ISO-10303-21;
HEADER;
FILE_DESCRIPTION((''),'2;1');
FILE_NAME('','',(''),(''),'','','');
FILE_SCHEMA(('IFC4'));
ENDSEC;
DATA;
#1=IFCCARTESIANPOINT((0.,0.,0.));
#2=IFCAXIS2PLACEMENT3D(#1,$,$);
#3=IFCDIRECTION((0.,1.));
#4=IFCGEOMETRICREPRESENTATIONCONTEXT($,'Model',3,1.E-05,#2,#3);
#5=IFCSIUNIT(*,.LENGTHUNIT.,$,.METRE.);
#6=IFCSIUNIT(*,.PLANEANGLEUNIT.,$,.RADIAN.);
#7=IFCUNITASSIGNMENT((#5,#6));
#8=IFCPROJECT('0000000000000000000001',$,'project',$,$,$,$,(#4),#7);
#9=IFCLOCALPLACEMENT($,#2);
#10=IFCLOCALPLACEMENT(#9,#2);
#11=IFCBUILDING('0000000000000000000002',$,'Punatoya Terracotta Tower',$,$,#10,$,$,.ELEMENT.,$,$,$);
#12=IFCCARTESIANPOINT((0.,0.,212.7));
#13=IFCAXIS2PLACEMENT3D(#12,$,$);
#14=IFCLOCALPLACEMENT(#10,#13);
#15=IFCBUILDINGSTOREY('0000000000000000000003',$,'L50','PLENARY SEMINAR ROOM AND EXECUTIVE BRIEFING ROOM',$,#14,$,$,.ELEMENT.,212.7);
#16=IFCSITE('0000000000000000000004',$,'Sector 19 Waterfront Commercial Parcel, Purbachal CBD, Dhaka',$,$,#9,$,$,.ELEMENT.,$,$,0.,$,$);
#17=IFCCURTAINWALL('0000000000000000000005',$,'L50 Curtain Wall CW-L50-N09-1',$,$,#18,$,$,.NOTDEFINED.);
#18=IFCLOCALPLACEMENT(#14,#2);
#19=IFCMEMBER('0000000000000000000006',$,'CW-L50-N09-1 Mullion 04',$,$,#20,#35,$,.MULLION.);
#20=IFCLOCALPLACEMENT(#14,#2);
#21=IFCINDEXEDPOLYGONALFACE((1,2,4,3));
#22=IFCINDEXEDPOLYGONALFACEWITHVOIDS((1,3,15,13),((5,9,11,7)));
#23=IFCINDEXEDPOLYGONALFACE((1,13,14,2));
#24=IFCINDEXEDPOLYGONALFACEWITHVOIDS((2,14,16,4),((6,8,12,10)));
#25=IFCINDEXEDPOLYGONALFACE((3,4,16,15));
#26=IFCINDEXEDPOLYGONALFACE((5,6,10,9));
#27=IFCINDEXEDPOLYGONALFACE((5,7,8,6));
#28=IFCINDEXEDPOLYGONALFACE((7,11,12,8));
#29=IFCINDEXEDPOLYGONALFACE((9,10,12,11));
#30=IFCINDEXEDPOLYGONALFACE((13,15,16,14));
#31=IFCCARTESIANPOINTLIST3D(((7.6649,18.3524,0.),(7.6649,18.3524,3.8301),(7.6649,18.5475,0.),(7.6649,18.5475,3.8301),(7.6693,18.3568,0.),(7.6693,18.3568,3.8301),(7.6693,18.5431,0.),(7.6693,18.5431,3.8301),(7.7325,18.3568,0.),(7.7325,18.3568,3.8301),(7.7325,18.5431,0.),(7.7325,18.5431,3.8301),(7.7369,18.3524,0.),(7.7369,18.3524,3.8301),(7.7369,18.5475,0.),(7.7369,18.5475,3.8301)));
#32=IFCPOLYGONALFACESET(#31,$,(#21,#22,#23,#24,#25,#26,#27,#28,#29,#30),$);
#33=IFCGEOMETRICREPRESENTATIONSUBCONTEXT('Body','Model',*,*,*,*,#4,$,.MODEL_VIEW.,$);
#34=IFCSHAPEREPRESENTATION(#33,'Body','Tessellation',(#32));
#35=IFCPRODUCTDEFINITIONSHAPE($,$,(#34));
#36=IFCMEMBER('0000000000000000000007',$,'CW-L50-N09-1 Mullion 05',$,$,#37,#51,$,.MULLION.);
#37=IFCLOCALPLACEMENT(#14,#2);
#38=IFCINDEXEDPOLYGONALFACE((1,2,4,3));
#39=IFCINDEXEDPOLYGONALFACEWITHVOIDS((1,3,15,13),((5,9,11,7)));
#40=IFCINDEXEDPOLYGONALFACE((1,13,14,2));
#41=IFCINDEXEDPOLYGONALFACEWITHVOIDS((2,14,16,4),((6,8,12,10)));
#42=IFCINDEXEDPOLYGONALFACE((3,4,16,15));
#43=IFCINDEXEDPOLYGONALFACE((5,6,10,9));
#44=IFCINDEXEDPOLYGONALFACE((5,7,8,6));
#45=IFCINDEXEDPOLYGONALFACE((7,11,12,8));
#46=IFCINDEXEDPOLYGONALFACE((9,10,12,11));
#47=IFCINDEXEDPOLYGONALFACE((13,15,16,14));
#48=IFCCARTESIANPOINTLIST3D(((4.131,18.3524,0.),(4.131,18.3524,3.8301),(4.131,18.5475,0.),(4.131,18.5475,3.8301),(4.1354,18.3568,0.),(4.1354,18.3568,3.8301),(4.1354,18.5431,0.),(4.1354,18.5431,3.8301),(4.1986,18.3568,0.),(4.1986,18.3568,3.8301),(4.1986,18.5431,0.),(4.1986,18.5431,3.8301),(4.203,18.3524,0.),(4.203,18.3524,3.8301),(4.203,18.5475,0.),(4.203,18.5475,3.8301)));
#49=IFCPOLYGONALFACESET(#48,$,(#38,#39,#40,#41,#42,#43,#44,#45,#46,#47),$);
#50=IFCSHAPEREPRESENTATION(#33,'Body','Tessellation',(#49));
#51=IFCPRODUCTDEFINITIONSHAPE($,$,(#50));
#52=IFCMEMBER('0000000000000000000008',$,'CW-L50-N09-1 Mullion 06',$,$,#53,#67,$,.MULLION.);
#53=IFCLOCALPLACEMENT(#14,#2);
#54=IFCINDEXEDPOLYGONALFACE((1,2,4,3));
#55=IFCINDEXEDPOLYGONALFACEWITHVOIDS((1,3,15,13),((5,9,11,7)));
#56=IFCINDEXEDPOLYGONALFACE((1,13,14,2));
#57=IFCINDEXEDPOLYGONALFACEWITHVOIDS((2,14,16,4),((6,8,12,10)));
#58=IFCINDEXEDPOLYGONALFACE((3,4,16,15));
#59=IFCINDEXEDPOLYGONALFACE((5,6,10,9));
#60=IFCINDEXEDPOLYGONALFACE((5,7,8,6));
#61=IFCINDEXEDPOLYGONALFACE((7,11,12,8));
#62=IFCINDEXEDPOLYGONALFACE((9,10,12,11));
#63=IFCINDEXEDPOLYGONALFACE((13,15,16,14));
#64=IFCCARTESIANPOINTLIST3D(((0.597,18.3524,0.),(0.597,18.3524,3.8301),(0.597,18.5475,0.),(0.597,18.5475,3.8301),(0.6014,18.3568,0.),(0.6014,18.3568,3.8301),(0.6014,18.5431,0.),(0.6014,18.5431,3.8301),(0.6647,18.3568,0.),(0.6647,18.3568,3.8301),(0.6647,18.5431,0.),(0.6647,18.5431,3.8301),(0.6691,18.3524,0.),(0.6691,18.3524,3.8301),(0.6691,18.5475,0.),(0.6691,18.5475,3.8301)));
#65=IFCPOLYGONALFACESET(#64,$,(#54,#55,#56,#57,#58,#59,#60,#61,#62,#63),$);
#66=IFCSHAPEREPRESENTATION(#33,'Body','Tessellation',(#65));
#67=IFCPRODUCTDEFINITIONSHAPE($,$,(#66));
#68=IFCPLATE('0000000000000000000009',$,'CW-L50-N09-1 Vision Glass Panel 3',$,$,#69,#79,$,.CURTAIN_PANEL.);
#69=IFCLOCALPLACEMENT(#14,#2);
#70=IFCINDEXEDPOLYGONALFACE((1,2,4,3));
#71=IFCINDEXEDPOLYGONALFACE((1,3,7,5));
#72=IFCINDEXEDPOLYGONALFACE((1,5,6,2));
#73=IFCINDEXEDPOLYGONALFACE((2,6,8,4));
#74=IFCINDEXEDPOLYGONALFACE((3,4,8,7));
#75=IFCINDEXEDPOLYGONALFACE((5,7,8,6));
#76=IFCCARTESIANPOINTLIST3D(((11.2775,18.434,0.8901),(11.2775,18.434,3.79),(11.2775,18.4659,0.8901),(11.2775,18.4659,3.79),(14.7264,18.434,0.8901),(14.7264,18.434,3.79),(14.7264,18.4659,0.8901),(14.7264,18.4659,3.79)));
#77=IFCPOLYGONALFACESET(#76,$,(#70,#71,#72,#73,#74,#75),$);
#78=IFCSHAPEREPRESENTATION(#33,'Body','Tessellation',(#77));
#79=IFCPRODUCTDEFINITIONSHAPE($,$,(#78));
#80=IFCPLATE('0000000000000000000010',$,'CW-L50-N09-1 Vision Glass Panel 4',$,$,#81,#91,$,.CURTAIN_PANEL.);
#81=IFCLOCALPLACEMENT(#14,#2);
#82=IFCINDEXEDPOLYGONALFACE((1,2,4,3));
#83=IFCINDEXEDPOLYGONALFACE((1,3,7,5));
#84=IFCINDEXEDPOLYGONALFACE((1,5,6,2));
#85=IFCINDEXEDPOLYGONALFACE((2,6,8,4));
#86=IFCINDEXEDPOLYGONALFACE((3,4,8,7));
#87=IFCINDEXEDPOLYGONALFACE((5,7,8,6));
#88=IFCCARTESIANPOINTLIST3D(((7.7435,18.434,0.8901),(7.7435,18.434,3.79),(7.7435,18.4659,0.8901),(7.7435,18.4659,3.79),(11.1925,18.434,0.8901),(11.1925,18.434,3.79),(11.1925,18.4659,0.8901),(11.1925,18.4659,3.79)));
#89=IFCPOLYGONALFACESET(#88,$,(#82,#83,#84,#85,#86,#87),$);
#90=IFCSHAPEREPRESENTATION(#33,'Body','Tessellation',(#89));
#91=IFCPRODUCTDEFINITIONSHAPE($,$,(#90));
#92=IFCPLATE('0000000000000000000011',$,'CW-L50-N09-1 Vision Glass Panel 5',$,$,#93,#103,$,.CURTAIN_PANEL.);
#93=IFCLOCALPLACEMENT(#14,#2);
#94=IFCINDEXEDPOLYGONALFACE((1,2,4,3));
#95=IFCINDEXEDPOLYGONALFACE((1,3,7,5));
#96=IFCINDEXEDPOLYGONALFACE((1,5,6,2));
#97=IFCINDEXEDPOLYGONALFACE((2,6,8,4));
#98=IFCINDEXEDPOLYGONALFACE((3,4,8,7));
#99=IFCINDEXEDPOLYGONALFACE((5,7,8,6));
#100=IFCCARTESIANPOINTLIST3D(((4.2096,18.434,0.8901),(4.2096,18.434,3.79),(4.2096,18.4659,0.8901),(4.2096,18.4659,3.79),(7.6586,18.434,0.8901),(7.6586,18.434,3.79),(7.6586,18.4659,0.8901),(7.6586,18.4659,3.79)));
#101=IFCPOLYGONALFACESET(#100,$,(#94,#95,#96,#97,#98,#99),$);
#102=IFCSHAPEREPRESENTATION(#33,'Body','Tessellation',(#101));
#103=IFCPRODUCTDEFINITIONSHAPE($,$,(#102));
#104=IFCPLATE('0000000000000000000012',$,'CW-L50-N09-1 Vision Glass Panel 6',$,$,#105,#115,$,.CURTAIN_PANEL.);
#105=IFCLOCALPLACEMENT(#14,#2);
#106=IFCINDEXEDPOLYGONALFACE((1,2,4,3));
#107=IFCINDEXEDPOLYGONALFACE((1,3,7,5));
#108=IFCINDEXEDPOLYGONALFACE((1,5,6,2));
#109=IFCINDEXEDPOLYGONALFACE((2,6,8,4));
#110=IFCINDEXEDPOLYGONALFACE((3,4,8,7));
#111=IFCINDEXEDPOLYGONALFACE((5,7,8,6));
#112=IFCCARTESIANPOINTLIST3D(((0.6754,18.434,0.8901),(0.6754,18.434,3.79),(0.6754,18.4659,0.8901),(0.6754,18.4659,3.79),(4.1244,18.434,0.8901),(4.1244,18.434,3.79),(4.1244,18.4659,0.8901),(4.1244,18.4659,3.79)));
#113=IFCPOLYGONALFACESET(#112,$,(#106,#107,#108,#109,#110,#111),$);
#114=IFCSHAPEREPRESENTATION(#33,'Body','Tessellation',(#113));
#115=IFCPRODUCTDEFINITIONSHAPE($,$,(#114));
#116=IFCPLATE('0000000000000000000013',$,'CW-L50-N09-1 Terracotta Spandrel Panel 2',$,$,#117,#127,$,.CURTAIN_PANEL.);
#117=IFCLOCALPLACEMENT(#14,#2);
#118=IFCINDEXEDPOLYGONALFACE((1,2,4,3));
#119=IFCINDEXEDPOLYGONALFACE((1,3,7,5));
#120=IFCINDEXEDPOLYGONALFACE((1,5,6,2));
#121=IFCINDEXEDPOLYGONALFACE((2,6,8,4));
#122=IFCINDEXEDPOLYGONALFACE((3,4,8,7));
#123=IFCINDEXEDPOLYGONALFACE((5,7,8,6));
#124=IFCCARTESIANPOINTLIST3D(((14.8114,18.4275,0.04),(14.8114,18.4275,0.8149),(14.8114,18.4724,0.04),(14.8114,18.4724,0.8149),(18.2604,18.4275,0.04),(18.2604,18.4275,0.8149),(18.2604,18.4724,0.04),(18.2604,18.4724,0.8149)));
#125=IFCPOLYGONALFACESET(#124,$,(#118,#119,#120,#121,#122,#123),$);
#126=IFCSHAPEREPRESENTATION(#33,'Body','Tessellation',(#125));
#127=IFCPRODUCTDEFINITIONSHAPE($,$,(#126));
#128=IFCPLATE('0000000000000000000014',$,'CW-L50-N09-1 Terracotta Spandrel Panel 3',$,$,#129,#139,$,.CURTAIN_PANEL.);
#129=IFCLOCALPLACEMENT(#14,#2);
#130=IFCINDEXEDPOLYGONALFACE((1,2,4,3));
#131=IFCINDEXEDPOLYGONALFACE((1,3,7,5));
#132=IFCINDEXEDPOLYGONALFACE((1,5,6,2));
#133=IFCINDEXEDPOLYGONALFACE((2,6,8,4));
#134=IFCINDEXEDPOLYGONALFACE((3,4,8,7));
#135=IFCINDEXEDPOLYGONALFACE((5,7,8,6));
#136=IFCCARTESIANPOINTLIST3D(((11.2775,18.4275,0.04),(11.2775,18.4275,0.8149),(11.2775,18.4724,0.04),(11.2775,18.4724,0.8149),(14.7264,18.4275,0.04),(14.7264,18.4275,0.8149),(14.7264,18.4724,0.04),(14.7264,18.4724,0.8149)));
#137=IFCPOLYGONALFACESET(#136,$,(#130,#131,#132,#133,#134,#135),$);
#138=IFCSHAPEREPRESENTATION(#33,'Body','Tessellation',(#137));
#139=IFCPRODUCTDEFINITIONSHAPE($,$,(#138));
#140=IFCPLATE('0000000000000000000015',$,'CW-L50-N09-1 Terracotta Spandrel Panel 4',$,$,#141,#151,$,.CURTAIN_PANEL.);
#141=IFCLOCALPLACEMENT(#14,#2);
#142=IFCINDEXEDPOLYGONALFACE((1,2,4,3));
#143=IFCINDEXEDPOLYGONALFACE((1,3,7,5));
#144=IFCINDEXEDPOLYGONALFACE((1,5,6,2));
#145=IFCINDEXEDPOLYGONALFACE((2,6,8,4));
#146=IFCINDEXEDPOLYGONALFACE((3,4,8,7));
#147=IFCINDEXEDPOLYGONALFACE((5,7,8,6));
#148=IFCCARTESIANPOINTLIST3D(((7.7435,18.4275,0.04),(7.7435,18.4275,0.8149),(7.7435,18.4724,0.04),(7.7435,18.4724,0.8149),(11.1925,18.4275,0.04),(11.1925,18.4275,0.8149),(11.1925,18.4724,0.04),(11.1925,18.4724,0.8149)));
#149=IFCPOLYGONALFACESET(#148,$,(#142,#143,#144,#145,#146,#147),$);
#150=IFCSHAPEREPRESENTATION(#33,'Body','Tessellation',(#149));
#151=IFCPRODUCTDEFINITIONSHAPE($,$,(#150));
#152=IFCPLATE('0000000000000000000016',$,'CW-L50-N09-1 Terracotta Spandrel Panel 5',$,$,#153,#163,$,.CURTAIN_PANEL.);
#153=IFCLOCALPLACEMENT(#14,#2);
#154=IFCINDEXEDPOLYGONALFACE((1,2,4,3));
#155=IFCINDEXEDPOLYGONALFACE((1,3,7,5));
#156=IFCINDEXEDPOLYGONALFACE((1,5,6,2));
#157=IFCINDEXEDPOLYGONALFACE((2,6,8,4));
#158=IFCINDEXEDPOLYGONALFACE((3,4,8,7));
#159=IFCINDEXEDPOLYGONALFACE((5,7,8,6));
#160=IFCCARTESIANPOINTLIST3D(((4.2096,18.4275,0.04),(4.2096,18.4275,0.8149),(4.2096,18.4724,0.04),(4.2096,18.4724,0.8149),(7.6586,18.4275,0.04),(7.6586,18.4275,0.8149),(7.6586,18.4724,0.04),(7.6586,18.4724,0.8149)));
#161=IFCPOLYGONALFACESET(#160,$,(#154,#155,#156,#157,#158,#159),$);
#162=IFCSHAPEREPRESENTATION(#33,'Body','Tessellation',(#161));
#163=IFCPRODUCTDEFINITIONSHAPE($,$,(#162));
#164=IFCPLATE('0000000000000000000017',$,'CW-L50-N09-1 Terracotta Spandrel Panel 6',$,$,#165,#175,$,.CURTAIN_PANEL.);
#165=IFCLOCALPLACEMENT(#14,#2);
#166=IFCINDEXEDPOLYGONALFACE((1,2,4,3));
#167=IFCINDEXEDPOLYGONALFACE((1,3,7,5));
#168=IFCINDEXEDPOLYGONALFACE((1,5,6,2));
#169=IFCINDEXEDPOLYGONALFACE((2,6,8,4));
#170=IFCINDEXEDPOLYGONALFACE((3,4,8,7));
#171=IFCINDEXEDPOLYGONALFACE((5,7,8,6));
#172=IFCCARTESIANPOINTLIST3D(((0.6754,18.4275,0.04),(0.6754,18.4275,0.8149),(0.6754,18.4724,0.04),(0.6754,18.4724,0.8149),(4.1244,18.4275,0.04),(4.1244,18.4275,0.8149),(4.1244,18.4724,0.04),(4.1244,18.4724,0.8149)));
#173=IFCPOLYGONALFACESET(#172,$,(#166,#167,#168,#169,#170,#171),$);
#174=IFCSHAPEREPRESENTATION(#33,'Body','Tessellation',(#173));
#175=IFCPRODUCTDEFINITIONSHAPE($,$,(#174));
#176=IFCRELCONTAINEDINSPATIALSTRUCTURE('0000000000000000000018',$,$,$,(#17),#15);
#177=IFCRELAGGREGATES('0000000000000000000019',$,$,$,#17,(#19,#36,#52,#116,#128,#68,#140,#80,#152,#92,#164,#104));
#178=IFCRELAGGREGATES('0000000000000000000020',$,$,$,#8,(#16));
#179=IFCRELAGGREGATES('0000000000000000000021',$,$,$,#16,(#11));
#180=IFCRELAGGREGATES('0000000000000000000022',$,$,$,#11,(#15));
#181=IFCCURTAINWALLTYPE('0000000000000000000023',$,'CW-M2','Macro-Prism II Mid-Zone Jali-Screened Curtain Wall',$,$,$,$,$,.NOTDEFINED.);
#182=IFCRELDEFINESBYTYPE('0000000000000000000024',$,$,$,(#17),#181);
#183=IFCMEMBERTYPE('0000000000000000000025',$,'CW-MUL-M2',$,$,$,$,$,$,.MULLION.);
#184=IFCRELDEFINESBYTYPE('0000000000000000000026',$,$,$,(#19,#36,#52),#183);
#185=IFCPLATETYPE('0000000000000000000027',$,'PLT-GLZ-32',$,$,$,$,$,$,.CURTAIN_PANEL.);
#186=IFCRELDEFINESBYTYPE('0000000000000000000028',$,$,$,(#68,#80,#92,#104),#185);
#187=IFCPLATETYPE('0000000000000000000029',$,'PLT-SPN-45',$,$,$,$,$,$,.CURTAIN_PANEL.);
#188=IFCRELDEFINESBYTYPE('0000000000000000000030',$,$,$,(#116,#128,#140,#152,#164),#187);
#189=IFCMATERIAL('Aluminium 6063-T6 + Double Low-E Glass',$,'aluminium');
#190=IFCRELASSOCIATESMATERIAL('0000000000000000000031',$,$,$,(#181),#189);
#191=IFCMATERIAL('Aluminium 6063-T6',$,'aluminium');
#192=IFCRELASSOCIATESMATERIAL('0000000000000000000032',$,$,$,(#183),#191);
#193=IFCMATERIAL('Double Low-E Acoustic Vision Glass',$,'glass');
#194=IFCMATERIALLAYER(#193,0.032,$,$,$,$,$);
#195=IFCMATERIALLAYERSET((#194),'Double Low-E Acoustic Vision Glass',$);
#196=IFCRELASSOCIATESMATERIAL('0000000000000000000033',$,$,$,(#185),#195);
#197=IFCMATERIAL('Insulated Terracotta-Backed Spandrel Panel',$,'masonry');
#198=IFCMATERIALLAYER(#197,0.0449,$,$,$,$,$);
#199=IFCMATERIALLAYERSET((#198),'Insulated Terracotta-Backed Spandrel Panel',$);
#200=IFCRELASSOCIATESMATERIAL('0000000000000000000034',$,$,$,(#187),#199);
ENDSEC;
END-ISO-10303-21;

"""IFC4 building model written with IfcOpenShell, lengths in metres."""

from ifc_helpers import new_model, si_unit, direction, frame, origin, origin_2d, place, context, subcontext, project, spatial, rectangle, hollow_rectangle, extrude, material, layer, layer_set, material_profile, profile_set, type_object, element, aggregate, save


model = new_model("IFC4")

# Units and contexts
model_context = context("Model", 3, precision=1e-05, world=origin(), true_north=direction((0.0, 1.0)))
body_context = subcontext(model_context, "Body", "Model", "MODEL_VIEW")
ifc_project = project(units=[si_unit("LENGTHUNIT", "METRE"), si_unit("PLANEANGLEUNIT", "RADIAN")], contexts=[model_context])

# Site, building, storey
site_placement = place(None, origin())
site = spatial("IfcSite", under=ifc_project, at=site_placement, Name="Sector 19 Waterfront Commercial Parcel, Purbachal CBD, Dhaka", CompositionType="ELEMENT", RefElevation=0.0)
building_placement = place(site_placement, origin())
building = spatial("IfcBuilding", under=site, at=building_placement, Name="Punatoya Terracotta Tower", CompositionType="ELEMENT")
storey_placement = place(building_placement, frame((0.0, 0.0, 212.7)))
storey = spatial("IfcBuildingStorey", under=building, at=storey_placement, Name="L50", Description="PLENARY SEMINAR ROOM AND EXECUTIVE BRIEFING ROOM", CompositionType="ELEMENT", Elevation=212.7)

# Curtain wall, members, plates
ifc_material_1 = material(Name="Aluminium 6063-T6 + Double Low-E Glass", Category="aluminium")
curtain_wall_type = type_object("IfcCurtainWallType", Name="CW-M2", Description="Macro-Prism II Mid-Zone Jali-Screened Curtain Wall", PredefinedType="NOTDEFINED", material=ifc_material_1)
curtain_wall_placement = place(storey_placement, origin())
curtain_wall = element("IfcCurtainWall", 1, at=curtain_wall_placement, inside=storey, type_object=curtain_wall_type, Name="L50 Curtain Wall CW-L50-N09-1", PredefinedType="NOTDEFINED")
ifc_material_2 = material(Name="Aluminium 6063-T6", Category="aluminium")
ifc_material_profile_1 = material_profile(ifc_material_2, hollow_rectangle(XDim=0.072, YDim=0.1951, WallThickness=0.0044, at=origin_2d()))
ifc_profile_set_1 = profile_set([ifc_material_profile_1], Name="Aluminium 6063-T6")
member_type = type_object("IfcMemberType", Name="CW-MUL-M2", PredefinedType="MULLION", material=ifc_profile_set_1)
member_1_placement = place(storey_placement, frame((7.7009, 18.45, 0.0), z_axis=(0.0, 0.0, 1.0), x_axis=(1.0, 0.0, 0.0)))
member_1 = element("IfcMember", 2, at=member_1_placement, type_object=member_type, Name="CW-L50-N09-1 Mullion 04", PredefinedType="MULLION", context=body_context, shape_type="SweptSolid", body=[
    extrude(hollow_rectangle(XDim=0.072, YDim=0.1951, WallThickness=0.0044, at=origin_2d()), origin(), (0.0, 0.0, 1.0), 3.8301),
])
member_2_placement = place(storey_placement, frame((4.167, 18.45, 0.0), z_axis=(0.0, 0.0, 1.0), x_axis=(1.0, 0.0, 0.0)))
member_2 = element("IfcMember", 3, at=member_2_placement, type_object=member_type, Name="CW-L50-N09-1 Mullion 05", PredefinedType="MULLION", context=body_context, shape_type="SweptSolid", body=[
    extrude(hollow_rectangle(XDim=0.072, YDim=0.1951, WallThickness=0.0044, at=origin_2d()), origin(), (0.0, 0.0, 1.0), 3.8301),
])
member_3_placement = place(storey_placement, frame((0.6331, 18.45, 0.0), z_axis=(0.0, 0.0, 1.0), x_axis=(1.0, 0.0, 0.0)))
member_3 = element("IfcMember", 4, at=member_3_placement, type_object=member_type, Name="CW-L50-N09-1 Mullion 06", PredefinedType="MULLION", context=body_context, shape_type="SweptSolid", body=[
    extrude(hollow_rectangle(XDim=0.072, YDim=0.1951, WallThickness=0.0044, at=origin_2d()), origin(), (0.0, 0.0, 1.0), 3.8301),
])
ifc_material_3 = material(Name="Double Low-E Acoustic Vision Glass", Category="glass")
ifc_layer_1 = layer(ifc_material_3, 0.032)
ifc_layer_set_1 = layer_set([ifc_layer_1], Name="Double Low-E Acoustic Vision Glass")
plate_type_1 = type_object("IfcPlateType", Name="PLT-GLZ-32", PredefinedType="CURTAIN_PANEL", material=ifc_layer_set_1)
plate_1_placement = place(storey_placement, frame((13.002, 18.45, 0.8901), z_axis=(0.0, 0.0, 1.0), x_axis=(-1.0, 0.0, 0.0)))
plate_1 = element("IfcPlate", 5, at=plate_1_placement, type_object=plate_type_1, Name="CW-L50-N09-1 Vision Glass Panel 3", PredefinedType="CURTAIN_PANEL", context=body_context, shape_type="SweptSolid", body=[
    extrude(rectangle(XDim=3.449, YDim=0.032, at=origin_2d()), origin(), (0.0, 0.0, 1.0), 2.8999),
])
plate_2_placement = place(storey_placement, frame((9.468, 18.45, 0.8901), z_axis=(0.0, 0.0, 1.0), x_axis=(-1.0, 0.0, 0.0)))
plate_2 = element("IfcPlate", 6, at=plate_2_placement, type_object=plate_type_1, Name="CW-L50-N09-1 Vision Glass Panel 4", PredefinedType="CURTAIN_PANEL", context=body_context, shape_type="SweptSolid", body=[
    extrude(rectangle(XDim=3.449, YDim=0.032, at=origin_2d()), origin(), (0.0, 0.0, 1.0), 2.8999),
])
plate_3_placement = place(storey_placement, frame((5.9341, 18.45, 0.8901), z_axis=(0.0, 0.0, 1.0), x_axis=(-1.0, 0.0, 0.0)))
plate_3 = element("IfcPlate", 7, at=plate_3_placement, type_object=plate_type_1, Name="CW-L50-N09-1 Vision Glass Panel 5", PredefinedType="CURTAIN_PANEL", context=body_context, shape_type="SweptSolid", body=[
    extrude(rectangle(XDim=3.449, YDim=0.032, at=origin_2d()), origin(), (0.0, 0.0, 1.0), 2.8999),
])
plate_4_placement = place(storey_placement, frame((2.3999, 18.45, 0.8901), z_axis=(0.0, 0.0, 1.0), x_axis=(-1.0, 0.0, 0.0)))
plate_4 = element("IfcPlate", 8, at=plate_4_placement, type_object=plate_type_1, Name="CW-L50-N09-1 Vision Glass Panel 6", PredefinedType="CURTAIN_PANEL", context=body_context, shape_type="SweptSolid", body=[
    extrude(rectangle(XDim=3.449, YDim=0.032, at=origin_2d()), origin(), (0.0, 0.0, 1.0), 2.8999),
])
ifc_material_4 = material(Name="Insulated Terracotta-Backed Spandrel Panel", Category="masonry")
ifc_layer_2 = layer(ifc_material_4, 0.0449)
ifc_layer_set_2 = layer_set([ifc_layer_2], Name="Insulated Terracotta-Backed Spandrel Panel")
plate_type_2 = type_object("IfcPlateType", Name="PLT-SPN-45", PredefinedType="CURTAIN_PANEL", material=ifc_layer_set_2)
plate_5_placement = place(storey_placement, frame((16.5359, 18.45, 0.04), z_axis=(0.0, 0.0, 1.0), x_axis=(-1.0, 0.0, 0.0)))
plate_5 = element("IfcPlate", 9, at=plate_5_placement, type_object=plate_type_2, Name="CW-L50-N09-1 Terracotta Spandrel Panel 2", PredefinedType="CURTAIN_PANEL", context=body_context, shape_type="SweptSolid", body=[
    extrude(rectangle(XDim=3.449, YDim=0.0449, at=origin_2d()), origin(), (0.0, 0.0, 1.0), 0.7749),
])
plate_6_placement = place(storey_placement, frame((13.002, 18.45, 0.04), z_axis=(0.0, 0.0, 1.0), x_axis=(-1.0, 0.0, 0.0)))
plate_6 = element("IfcPlate", 10, at=plate_6_placement, type_object=plate_type_2, Name="CW-L50-N09-1 Terracotta Spandrel Panel 3", PredefinedType="CURTAIN_PANEL", context=body_context, shape_type="SweptSolid", body=[
    extrude(rectangle(XDim=3.449, YDim=0.0449, at=origin_2d()), origin(), (0.0, 0.0, 1.0), 0.7749),
])
plate_7_placement = place(storey_placement, frame((9.468, 18.45, 0.04), z_axis=(0.0, 0.0, 1.0), x_axis=(-1.0, 0.0, 0.0)))
plate_7 = element("IfcPlate", 11, at=plate_7_placement, type_object=plate_type_2, Name="CW-L50-N09-1 Terracotta Spandrel Panel 4", PredefinedType="CURTAIN_PANEL", context=body_context, shape_type="SweptSolid", body=[
    extrude(rectangle(XDim=3.449, YDim=0.0449, at=origin_2d()), origin(), (0.0, 0.0, 1.0), 0.7749),
])
plate_8_placement = place(storey_placement, frame((5.9341, 18.45, 0.04), z_axis=(0.0, 0.0, 1.0), x_axis=(-1.0, 0.0, 0.0)))
plate_8 = element("IfcPlate", 12, at=plate_8_placement, type_object=plate_type_2, Name="CW-L50-N09-1 Terracotta Spandrel Panel 5", PredefinedType="CURTAIN_PANEL", context=body_context, shape_type="SweptSolid", body=[
    extrude(rectangle(XDim=3.449, YDim=0.0449, at=origin_2d()), origin(), (0.0, 0.0, 1.0), 0.7749),
])
plate_9_placement = place(storey_placement, frame((2.3999, 18.45, 0.04), z_axis=(0.0, 0.0, 1.0), x_axis=(-1.0, 0.0, 0.0)))
plate_9 = element("IfcPlate", 13, at=plate_9_placement, type_object=plate_type_2, Name="CW-L50-N09-1 Terracotta Spandrel Panel 6", PredefinedType="CURTAIN_PANEL", context=body_context, shape_type="SweptSolid", body=[
    extrude(rectangle(XDim=3.449, YDim=0.0449, at=origin_2d()), origin(), (0.0, 0.0, 1.0), 0.7749),
])
aggregate(curtain_wall, [member_1, member_2, member_3, plate_5, plate_6, plate_1, plate_7, plate_2, plate_8, plate_3, plate_9, plate_4])

save(model, "model.ifc")
